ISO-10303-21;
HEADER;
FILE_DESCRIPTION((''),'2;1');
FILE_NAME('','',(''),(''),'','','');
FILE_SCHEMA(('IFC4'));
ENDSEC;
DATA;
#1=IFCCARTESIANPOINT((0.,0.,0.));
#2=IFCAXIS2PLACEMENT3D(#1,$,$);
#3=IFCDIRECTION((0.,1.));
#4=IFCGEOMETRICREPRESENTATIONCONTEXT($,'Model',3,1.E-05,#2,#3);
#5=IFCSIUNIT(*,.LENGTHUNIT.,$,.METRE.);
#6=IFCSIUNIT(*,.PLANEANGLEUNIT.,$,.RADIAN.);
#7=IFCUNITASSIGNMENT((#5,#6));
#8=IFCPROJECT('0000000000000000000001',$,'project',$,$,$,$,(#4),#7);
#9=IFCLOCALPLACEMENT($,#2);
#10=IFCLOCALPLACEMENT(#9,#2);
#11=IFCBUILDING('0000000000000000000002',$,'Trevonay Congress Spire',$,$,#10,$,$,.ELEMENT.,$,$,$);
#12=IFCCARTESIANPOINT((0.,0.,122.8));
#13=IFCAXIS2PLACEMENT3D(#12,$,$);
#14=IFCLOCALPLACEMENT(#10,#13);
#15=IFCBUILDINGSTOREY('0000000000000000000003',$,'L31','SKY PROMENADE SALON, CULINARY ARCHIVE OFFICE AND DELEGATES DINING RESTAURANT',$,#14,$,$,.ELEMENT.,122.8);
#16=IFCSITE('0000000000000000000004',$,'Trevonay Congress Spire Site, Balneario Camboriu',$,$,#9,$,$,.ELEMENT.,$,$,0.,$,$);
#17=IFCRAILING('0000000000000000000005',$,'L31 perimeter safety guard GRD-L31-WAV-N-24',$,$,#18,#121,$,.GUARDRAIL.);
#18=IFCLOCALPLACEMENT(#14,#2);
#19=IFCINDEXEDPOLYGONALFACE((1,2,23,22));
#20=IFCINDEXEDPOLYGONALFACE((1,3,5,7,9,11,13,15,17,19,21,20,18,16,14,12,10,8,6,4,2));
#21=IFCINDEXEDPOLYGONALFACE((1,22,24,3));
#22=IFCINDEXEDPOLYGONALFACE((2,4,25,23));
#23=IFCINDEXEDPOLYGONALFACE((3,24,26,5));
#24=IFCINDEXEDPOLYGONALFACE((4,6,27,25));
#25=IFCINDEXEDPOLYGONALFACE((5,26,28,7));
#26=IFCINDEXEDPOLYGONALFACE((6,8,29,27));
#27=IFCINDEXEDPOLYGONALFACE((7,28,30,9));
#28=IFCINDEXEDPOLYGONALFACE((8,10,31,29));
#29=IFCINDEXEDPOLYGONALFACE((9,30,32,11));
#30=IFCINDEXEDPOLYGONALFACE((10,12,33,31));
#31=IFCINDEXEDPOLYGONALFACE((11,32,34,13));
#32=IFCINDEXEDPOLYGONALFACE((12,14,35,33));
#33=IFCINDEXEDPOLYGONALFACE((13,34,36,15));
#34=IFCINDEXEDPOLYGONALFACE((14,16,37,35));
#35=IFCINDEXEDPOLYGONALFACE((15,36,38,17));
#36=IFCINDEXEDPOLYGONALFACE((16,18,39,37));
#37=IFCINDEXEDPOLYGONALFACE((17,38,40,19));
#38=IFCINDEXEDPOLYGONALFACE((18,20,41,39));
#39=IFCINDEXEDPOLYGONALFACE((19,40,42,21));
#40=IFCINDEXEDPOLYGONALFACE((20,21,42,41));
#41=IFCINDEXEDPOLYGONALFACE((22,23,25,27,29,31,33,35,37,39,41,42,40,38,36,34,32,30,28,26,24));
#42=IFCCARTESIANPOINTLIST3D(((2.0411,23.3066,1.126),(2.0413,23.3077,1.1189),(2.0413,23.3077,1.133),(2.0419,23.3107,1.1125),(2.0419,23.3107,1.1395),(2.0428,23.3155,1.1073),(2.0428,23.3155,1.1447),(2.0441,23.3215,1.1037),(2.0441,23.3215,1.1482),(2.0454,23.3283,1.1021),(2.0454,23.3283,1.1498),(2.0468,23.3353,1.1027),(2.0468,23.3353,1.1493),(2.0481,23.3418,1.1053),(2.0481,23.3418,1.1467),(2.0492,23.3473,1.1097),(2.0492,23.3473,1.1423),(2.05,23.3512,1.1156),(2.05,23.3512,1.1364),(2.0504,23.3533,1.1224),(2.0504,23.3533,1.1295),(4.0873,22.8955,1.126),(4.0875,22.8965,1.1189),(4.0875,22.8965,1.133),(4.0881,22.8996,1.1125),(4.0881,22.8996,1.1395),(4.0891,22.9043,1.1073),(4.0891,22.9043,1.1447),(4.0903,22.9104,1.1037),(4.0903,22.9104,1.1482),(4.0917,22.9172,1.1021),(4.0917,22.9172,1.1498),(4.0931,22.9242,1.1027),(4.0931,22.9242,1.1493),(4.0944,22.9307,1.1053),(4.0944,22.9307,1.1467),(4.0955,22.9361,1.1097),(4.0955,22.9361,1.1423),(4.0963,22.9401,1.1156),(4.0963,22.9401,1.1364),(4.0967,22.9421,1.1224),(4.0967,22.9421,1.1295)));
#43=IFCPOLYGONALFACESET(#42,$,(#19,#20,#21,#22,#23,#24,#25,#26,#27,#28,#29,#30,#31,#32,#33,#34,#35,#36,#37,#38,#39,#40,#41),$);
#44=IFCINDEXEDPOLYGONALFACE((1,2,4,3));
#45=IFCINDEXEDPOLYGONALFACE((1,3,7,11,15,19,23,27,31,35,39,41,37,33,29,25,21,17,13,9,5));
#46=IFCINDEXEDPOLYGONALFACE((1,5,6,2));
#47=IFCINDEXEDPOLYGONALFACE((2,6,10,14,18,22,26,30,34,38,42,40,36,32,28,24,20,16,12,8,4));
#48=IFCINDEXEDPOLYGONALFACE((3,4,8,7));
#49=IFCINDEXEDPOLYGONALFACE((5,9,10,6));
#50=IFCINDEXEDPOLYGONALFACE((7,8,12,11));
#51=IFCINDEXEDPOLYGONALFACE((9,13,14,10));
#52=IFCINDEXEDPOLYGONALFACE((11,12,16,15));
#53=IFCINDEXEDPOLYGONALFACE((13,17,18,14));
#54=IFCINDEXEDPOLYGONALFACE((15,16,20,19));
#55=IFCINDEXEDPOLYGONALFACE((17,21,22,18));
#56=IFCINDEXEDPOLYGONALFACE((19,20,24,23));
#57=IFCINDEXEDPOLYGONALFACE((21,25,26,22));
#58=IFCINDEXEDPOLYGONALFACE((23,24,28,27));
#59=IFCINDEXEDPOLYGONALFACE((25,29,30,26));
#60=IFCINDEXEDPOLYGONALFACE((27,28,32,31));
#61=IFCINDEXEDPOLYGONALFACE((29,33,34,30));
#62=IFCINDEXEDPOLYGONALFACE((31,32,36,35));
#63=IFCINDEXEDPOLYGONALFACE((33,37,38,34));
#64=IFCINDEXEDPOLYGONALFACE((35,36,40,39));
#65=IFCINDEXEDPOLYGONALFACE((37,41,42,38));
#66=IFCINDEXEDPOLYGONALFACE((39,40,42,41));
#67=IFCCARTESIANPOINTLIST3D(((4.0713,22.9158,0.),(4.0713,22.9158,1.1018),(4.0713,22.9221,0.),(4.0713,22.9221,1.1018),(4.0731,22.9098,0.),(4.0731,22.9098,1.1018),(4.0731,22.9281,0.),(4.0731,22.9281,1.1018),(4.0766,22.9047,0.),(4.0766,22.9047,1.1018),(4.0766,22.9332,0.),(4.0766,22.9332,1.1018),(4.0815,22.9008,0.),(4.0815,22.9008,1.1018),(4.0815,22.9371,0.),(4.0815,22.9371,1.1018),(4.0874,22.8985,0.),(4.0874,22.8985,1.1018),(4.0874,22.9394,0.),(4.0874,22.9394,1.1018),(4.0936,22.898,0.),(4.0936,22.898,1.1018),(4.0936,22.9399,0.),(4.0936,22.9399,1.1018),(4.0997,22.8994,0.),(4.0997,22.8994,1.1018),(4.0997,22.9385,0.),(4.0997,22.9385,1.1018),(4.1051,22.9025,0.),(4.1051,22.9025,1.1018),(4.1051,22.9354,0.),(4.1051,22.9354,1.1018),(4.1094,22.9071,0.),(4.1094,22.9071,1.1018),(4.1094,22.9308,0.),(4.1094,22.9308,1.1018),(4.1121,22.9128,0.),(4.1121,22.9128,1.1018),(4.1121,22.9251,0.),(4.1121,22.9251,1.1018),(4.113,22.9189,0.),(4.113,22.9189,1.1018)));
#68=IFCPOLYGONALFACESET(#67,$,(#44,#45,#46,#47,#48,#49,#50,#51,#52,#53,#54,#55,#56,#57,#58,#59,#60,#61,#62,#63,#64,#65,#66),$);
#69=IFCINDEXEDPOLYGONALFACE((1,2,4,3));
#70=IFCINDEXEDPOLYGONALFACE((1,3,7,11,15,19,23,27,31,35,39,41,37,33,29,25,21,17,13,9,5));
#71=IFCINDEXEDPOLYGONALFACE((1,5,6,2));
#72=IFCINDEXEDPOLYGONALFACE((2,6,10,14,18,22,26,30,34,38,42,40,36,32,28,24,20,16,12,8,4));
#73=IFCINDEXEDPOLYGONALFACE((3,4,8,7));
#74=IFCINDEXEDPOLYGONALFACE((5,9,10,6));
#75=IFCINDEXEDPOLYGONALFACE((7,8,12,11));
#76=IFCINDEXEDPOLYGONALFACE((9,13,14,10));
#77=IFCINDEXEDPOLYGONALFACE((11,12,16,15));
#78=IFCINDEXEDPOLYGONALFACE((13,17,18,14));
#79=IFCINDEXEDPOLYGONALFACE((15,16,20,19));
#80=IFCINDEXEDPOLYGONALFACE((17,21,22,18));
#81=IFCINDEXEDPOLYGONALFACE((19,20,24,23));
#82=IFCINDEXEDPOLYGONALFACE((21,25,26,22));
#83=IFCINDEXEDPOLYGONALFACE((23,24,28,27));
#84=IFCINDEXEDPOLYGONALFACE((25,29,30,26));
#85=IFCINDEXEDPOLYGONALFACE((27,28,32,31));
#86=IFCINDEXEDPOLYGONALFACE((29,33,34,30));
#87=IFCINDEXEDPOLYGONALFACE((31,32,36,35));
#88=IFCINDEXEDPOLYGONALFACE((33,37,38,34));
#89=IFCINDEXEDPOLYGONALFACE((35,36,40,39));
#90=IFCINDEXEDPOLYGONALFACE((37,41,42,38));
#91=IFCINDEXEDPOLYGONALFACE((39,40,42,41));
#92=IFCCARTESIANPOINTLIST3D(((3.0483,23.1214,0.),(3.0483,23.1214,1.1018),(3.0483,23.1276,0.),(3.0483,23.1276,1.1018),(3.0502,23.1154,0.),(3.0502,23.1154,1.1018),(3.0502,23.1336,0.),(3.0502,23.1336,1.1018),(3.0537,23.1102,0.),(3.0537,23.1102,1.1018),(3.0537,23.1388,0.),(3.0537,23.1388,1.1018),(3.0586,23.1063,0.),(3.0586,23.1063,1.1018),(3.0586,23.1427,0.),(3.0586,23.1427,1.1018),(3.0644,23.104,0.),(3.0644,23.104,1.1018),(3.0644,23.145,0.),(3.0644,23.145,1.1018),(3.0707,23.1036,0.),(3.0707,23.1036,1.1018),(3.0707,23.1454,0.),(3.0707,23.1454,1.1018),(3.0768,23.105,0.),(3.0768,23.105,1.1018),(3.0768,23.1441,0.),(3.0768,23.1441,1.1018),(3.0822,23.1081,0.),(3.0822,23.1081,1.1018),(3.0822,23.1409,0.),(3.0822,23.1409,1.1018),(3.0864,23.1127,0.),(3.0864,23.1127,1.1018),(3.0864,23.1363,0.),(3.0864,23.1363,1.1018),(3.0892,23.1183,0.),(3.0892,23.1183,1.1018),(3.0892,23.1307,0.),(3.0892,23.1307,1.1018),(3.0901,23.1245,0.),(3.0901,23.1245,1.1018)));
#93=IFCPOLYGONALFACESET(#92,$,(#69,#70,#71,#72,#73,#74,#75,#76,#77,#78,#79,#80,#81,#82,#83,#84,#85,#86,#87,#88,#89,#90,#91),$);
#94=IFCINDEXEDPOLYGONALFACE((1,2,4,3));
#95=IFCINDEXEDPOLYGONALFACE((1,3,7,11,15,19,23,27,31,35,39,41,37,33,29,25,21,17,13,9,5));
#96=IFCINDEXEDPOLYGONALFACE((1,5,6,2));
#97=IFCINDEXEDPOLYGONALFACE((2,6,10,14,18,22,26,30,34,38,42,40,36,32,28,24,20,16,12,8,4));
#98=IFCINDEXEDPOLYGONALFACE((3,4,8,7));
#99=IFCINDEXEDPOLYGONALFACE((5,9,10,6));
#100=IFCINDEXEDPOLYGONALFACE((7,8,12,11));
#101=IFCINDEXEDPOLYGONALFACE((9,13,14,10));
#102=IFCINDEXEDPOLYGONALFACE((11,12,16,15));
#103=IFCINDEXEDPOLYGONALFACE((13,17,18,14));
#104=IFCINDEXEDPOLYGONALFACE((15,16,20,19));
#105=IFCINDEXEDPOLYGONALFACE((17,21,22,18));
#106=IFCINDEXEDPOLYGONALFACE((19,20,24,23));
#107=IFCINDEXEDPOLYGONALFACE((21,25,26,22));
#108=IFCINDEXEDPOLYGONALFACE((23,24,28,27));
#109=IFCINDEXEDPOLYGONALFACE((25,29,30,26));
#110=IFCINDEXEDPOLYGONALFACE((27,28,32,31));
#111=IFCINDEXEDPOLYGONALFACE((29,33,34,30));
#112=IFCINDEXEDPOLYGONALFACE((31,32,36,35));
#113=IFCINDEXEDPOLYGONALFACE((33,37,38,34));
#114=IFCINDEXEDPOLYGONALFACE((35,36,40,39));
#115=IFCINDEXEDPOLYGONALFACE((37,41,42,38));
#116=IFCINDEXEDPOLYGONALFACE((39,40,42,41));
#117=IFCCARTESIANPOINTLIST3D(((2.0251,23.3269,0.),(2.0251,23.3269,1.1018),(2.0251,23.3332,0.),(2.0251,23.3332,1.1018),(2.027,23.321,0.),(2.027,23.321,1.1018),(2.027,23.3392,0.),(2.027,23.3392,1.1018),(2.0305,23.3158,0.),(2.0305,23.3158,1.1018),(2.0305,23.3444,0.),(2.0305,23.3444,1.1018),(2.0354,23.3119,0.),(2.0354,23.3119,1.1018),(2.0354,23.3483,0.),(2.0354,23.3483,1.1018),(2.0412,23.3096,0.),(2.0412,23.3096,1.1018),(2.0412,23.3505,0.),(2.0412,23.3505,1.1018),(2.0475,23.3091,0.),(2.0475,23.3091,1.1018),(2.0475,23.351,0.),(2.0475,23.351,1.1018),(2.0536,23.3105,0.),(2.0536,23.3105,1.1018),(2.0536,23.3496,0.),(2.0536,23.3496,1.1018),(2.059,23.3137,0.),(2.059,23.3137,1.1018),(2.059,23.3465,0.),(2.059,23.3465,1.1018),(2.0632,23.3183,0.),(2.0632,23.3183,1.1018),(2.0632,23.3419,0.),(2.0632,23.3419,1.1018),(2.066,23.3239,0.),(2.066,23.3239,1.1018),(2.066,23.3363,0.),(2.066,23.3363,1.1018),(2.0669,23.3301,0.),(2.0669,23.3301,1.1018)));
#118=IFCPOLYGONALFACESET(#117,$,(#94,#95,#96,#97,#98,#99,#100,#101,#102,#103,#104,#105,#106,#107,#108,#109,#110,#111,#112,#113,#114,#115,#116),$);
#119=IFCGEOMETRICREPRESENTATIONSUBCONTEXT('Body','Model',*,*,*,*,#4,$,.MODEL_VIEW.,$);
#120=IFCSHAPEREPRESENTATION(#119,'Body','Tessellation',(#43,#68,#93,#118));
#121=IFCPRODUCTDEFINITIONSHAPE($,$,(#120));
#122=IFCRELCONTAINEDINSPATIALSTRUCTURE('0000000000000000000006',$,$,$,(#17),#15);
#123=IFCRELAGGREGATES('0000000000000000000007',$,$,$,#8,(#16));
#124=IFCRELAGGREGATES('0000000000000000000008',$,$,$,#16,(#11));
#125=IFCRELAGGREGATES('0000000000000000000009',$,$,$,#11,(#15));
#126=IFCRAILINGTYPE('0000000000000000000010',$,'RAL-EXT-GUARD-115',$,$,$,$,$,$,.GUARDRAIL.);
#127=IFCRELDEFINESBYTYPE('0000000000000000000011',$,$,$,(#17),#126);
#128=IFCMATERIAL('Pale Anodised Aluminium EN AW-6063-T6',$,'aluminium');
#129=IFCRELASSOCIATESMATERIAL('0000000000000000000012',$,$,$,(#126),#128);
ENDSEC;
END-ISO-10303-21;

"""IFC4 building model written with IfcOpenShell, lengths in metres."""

from ifc_helpers import new_model, si_unit, direction, frame, origin, origin_2d, place, context, subcontext, project, spatial, circle, extrude, material, type_object, element, save


model = new_model("IFC4")

# Units and contexts
model_context = context("Model", 3, precision=1e-05, world=origin(), true_north=direction((0.0, 1.0)))
body_context = subcontext(model_context, "Body", "Model", "MODEL_VIEW")
ifc_project = project(units=[si_unit("LENGTHUNIT", "METRE"), si_unit("PLANEANGLEUNIT", "RADIAN")], contexts=[model_context])

# Site, building, storey
site_placement = place(None, origin())
site = spatial("IfcSite", under=ifc_project, at=site_placement, Name="Trevonay Congress Spire Site, Balneario Camboriu", CompositionType="ELEMENT", RefElevation=0.0)
building_placement = place(site_placement, origin())
building = spatial("IfcBuilding", under=site, at=building_placement, Name="Trevonay Congress Spire", CompositionType="ELEMENT")
storey_placement = place(building_placement, frame((0.0, 0.0, 122.8)))
storey = spatial("IfcBuildingStorey", under=building, at=storey_placement, Name="L31", Description="SKY PROMENADE SALON, CULINARY ARCHIVE OFFICE AND DELEGATES DINING RESTAURANT", CompositionType="ELEMENT", Elevation=122.8)

# Shared definitions
ifc_material_1 = material(Name="Pale Anodised Aluminium EN AW-6063-T6", Category="aluminium")

# Railing
railing_type = type_object("IfcRailingType", Name="RAL-EXT-GUARD-115", PredefinedType="GUARDRAIL", material=ifc_material_1)
railing_1_placement = place(storey_placement, frame((4.092, 22.9189, 0.0)))
element("IfcRailing", 1, at=railing_1_placement, inside=storey, type_object=railing_type, Name="L31 perimeter safety guard GRD-L31-WAV-N-24", PredefinedType="GUARDRAIL", context=body_context, shape_type="SweptSolid", body=[
    extrude(circle(Radius=0.0239, at=origin_2d()), frame((0.0, 0.0, 1.126), z_axis=(-0.980405, 0.196993, 0.0), x_axis=(-0.196993, -0.980405, 0.0)), (0.0, 0.0, 1.0), 2.0872),
    extrude(circle(Radius=0.021, at=origin_2d()), origin(), (0.0, 0.0, 1.0), 1.1018),
    extrude(circle(Radius=0.021, at=origin_2d()), frame((-1.0229, 0.2056, 0.0)), (0.0, 0.0, 1.0), 1.1018),
    extrude(circle(Radius=0.021, at=origin_2d()), frame((-2.0461, 0.4111, 0.0)), (0.0, 0.0, 1.0), 1.1018),
])

save(model, "model.ifc")
